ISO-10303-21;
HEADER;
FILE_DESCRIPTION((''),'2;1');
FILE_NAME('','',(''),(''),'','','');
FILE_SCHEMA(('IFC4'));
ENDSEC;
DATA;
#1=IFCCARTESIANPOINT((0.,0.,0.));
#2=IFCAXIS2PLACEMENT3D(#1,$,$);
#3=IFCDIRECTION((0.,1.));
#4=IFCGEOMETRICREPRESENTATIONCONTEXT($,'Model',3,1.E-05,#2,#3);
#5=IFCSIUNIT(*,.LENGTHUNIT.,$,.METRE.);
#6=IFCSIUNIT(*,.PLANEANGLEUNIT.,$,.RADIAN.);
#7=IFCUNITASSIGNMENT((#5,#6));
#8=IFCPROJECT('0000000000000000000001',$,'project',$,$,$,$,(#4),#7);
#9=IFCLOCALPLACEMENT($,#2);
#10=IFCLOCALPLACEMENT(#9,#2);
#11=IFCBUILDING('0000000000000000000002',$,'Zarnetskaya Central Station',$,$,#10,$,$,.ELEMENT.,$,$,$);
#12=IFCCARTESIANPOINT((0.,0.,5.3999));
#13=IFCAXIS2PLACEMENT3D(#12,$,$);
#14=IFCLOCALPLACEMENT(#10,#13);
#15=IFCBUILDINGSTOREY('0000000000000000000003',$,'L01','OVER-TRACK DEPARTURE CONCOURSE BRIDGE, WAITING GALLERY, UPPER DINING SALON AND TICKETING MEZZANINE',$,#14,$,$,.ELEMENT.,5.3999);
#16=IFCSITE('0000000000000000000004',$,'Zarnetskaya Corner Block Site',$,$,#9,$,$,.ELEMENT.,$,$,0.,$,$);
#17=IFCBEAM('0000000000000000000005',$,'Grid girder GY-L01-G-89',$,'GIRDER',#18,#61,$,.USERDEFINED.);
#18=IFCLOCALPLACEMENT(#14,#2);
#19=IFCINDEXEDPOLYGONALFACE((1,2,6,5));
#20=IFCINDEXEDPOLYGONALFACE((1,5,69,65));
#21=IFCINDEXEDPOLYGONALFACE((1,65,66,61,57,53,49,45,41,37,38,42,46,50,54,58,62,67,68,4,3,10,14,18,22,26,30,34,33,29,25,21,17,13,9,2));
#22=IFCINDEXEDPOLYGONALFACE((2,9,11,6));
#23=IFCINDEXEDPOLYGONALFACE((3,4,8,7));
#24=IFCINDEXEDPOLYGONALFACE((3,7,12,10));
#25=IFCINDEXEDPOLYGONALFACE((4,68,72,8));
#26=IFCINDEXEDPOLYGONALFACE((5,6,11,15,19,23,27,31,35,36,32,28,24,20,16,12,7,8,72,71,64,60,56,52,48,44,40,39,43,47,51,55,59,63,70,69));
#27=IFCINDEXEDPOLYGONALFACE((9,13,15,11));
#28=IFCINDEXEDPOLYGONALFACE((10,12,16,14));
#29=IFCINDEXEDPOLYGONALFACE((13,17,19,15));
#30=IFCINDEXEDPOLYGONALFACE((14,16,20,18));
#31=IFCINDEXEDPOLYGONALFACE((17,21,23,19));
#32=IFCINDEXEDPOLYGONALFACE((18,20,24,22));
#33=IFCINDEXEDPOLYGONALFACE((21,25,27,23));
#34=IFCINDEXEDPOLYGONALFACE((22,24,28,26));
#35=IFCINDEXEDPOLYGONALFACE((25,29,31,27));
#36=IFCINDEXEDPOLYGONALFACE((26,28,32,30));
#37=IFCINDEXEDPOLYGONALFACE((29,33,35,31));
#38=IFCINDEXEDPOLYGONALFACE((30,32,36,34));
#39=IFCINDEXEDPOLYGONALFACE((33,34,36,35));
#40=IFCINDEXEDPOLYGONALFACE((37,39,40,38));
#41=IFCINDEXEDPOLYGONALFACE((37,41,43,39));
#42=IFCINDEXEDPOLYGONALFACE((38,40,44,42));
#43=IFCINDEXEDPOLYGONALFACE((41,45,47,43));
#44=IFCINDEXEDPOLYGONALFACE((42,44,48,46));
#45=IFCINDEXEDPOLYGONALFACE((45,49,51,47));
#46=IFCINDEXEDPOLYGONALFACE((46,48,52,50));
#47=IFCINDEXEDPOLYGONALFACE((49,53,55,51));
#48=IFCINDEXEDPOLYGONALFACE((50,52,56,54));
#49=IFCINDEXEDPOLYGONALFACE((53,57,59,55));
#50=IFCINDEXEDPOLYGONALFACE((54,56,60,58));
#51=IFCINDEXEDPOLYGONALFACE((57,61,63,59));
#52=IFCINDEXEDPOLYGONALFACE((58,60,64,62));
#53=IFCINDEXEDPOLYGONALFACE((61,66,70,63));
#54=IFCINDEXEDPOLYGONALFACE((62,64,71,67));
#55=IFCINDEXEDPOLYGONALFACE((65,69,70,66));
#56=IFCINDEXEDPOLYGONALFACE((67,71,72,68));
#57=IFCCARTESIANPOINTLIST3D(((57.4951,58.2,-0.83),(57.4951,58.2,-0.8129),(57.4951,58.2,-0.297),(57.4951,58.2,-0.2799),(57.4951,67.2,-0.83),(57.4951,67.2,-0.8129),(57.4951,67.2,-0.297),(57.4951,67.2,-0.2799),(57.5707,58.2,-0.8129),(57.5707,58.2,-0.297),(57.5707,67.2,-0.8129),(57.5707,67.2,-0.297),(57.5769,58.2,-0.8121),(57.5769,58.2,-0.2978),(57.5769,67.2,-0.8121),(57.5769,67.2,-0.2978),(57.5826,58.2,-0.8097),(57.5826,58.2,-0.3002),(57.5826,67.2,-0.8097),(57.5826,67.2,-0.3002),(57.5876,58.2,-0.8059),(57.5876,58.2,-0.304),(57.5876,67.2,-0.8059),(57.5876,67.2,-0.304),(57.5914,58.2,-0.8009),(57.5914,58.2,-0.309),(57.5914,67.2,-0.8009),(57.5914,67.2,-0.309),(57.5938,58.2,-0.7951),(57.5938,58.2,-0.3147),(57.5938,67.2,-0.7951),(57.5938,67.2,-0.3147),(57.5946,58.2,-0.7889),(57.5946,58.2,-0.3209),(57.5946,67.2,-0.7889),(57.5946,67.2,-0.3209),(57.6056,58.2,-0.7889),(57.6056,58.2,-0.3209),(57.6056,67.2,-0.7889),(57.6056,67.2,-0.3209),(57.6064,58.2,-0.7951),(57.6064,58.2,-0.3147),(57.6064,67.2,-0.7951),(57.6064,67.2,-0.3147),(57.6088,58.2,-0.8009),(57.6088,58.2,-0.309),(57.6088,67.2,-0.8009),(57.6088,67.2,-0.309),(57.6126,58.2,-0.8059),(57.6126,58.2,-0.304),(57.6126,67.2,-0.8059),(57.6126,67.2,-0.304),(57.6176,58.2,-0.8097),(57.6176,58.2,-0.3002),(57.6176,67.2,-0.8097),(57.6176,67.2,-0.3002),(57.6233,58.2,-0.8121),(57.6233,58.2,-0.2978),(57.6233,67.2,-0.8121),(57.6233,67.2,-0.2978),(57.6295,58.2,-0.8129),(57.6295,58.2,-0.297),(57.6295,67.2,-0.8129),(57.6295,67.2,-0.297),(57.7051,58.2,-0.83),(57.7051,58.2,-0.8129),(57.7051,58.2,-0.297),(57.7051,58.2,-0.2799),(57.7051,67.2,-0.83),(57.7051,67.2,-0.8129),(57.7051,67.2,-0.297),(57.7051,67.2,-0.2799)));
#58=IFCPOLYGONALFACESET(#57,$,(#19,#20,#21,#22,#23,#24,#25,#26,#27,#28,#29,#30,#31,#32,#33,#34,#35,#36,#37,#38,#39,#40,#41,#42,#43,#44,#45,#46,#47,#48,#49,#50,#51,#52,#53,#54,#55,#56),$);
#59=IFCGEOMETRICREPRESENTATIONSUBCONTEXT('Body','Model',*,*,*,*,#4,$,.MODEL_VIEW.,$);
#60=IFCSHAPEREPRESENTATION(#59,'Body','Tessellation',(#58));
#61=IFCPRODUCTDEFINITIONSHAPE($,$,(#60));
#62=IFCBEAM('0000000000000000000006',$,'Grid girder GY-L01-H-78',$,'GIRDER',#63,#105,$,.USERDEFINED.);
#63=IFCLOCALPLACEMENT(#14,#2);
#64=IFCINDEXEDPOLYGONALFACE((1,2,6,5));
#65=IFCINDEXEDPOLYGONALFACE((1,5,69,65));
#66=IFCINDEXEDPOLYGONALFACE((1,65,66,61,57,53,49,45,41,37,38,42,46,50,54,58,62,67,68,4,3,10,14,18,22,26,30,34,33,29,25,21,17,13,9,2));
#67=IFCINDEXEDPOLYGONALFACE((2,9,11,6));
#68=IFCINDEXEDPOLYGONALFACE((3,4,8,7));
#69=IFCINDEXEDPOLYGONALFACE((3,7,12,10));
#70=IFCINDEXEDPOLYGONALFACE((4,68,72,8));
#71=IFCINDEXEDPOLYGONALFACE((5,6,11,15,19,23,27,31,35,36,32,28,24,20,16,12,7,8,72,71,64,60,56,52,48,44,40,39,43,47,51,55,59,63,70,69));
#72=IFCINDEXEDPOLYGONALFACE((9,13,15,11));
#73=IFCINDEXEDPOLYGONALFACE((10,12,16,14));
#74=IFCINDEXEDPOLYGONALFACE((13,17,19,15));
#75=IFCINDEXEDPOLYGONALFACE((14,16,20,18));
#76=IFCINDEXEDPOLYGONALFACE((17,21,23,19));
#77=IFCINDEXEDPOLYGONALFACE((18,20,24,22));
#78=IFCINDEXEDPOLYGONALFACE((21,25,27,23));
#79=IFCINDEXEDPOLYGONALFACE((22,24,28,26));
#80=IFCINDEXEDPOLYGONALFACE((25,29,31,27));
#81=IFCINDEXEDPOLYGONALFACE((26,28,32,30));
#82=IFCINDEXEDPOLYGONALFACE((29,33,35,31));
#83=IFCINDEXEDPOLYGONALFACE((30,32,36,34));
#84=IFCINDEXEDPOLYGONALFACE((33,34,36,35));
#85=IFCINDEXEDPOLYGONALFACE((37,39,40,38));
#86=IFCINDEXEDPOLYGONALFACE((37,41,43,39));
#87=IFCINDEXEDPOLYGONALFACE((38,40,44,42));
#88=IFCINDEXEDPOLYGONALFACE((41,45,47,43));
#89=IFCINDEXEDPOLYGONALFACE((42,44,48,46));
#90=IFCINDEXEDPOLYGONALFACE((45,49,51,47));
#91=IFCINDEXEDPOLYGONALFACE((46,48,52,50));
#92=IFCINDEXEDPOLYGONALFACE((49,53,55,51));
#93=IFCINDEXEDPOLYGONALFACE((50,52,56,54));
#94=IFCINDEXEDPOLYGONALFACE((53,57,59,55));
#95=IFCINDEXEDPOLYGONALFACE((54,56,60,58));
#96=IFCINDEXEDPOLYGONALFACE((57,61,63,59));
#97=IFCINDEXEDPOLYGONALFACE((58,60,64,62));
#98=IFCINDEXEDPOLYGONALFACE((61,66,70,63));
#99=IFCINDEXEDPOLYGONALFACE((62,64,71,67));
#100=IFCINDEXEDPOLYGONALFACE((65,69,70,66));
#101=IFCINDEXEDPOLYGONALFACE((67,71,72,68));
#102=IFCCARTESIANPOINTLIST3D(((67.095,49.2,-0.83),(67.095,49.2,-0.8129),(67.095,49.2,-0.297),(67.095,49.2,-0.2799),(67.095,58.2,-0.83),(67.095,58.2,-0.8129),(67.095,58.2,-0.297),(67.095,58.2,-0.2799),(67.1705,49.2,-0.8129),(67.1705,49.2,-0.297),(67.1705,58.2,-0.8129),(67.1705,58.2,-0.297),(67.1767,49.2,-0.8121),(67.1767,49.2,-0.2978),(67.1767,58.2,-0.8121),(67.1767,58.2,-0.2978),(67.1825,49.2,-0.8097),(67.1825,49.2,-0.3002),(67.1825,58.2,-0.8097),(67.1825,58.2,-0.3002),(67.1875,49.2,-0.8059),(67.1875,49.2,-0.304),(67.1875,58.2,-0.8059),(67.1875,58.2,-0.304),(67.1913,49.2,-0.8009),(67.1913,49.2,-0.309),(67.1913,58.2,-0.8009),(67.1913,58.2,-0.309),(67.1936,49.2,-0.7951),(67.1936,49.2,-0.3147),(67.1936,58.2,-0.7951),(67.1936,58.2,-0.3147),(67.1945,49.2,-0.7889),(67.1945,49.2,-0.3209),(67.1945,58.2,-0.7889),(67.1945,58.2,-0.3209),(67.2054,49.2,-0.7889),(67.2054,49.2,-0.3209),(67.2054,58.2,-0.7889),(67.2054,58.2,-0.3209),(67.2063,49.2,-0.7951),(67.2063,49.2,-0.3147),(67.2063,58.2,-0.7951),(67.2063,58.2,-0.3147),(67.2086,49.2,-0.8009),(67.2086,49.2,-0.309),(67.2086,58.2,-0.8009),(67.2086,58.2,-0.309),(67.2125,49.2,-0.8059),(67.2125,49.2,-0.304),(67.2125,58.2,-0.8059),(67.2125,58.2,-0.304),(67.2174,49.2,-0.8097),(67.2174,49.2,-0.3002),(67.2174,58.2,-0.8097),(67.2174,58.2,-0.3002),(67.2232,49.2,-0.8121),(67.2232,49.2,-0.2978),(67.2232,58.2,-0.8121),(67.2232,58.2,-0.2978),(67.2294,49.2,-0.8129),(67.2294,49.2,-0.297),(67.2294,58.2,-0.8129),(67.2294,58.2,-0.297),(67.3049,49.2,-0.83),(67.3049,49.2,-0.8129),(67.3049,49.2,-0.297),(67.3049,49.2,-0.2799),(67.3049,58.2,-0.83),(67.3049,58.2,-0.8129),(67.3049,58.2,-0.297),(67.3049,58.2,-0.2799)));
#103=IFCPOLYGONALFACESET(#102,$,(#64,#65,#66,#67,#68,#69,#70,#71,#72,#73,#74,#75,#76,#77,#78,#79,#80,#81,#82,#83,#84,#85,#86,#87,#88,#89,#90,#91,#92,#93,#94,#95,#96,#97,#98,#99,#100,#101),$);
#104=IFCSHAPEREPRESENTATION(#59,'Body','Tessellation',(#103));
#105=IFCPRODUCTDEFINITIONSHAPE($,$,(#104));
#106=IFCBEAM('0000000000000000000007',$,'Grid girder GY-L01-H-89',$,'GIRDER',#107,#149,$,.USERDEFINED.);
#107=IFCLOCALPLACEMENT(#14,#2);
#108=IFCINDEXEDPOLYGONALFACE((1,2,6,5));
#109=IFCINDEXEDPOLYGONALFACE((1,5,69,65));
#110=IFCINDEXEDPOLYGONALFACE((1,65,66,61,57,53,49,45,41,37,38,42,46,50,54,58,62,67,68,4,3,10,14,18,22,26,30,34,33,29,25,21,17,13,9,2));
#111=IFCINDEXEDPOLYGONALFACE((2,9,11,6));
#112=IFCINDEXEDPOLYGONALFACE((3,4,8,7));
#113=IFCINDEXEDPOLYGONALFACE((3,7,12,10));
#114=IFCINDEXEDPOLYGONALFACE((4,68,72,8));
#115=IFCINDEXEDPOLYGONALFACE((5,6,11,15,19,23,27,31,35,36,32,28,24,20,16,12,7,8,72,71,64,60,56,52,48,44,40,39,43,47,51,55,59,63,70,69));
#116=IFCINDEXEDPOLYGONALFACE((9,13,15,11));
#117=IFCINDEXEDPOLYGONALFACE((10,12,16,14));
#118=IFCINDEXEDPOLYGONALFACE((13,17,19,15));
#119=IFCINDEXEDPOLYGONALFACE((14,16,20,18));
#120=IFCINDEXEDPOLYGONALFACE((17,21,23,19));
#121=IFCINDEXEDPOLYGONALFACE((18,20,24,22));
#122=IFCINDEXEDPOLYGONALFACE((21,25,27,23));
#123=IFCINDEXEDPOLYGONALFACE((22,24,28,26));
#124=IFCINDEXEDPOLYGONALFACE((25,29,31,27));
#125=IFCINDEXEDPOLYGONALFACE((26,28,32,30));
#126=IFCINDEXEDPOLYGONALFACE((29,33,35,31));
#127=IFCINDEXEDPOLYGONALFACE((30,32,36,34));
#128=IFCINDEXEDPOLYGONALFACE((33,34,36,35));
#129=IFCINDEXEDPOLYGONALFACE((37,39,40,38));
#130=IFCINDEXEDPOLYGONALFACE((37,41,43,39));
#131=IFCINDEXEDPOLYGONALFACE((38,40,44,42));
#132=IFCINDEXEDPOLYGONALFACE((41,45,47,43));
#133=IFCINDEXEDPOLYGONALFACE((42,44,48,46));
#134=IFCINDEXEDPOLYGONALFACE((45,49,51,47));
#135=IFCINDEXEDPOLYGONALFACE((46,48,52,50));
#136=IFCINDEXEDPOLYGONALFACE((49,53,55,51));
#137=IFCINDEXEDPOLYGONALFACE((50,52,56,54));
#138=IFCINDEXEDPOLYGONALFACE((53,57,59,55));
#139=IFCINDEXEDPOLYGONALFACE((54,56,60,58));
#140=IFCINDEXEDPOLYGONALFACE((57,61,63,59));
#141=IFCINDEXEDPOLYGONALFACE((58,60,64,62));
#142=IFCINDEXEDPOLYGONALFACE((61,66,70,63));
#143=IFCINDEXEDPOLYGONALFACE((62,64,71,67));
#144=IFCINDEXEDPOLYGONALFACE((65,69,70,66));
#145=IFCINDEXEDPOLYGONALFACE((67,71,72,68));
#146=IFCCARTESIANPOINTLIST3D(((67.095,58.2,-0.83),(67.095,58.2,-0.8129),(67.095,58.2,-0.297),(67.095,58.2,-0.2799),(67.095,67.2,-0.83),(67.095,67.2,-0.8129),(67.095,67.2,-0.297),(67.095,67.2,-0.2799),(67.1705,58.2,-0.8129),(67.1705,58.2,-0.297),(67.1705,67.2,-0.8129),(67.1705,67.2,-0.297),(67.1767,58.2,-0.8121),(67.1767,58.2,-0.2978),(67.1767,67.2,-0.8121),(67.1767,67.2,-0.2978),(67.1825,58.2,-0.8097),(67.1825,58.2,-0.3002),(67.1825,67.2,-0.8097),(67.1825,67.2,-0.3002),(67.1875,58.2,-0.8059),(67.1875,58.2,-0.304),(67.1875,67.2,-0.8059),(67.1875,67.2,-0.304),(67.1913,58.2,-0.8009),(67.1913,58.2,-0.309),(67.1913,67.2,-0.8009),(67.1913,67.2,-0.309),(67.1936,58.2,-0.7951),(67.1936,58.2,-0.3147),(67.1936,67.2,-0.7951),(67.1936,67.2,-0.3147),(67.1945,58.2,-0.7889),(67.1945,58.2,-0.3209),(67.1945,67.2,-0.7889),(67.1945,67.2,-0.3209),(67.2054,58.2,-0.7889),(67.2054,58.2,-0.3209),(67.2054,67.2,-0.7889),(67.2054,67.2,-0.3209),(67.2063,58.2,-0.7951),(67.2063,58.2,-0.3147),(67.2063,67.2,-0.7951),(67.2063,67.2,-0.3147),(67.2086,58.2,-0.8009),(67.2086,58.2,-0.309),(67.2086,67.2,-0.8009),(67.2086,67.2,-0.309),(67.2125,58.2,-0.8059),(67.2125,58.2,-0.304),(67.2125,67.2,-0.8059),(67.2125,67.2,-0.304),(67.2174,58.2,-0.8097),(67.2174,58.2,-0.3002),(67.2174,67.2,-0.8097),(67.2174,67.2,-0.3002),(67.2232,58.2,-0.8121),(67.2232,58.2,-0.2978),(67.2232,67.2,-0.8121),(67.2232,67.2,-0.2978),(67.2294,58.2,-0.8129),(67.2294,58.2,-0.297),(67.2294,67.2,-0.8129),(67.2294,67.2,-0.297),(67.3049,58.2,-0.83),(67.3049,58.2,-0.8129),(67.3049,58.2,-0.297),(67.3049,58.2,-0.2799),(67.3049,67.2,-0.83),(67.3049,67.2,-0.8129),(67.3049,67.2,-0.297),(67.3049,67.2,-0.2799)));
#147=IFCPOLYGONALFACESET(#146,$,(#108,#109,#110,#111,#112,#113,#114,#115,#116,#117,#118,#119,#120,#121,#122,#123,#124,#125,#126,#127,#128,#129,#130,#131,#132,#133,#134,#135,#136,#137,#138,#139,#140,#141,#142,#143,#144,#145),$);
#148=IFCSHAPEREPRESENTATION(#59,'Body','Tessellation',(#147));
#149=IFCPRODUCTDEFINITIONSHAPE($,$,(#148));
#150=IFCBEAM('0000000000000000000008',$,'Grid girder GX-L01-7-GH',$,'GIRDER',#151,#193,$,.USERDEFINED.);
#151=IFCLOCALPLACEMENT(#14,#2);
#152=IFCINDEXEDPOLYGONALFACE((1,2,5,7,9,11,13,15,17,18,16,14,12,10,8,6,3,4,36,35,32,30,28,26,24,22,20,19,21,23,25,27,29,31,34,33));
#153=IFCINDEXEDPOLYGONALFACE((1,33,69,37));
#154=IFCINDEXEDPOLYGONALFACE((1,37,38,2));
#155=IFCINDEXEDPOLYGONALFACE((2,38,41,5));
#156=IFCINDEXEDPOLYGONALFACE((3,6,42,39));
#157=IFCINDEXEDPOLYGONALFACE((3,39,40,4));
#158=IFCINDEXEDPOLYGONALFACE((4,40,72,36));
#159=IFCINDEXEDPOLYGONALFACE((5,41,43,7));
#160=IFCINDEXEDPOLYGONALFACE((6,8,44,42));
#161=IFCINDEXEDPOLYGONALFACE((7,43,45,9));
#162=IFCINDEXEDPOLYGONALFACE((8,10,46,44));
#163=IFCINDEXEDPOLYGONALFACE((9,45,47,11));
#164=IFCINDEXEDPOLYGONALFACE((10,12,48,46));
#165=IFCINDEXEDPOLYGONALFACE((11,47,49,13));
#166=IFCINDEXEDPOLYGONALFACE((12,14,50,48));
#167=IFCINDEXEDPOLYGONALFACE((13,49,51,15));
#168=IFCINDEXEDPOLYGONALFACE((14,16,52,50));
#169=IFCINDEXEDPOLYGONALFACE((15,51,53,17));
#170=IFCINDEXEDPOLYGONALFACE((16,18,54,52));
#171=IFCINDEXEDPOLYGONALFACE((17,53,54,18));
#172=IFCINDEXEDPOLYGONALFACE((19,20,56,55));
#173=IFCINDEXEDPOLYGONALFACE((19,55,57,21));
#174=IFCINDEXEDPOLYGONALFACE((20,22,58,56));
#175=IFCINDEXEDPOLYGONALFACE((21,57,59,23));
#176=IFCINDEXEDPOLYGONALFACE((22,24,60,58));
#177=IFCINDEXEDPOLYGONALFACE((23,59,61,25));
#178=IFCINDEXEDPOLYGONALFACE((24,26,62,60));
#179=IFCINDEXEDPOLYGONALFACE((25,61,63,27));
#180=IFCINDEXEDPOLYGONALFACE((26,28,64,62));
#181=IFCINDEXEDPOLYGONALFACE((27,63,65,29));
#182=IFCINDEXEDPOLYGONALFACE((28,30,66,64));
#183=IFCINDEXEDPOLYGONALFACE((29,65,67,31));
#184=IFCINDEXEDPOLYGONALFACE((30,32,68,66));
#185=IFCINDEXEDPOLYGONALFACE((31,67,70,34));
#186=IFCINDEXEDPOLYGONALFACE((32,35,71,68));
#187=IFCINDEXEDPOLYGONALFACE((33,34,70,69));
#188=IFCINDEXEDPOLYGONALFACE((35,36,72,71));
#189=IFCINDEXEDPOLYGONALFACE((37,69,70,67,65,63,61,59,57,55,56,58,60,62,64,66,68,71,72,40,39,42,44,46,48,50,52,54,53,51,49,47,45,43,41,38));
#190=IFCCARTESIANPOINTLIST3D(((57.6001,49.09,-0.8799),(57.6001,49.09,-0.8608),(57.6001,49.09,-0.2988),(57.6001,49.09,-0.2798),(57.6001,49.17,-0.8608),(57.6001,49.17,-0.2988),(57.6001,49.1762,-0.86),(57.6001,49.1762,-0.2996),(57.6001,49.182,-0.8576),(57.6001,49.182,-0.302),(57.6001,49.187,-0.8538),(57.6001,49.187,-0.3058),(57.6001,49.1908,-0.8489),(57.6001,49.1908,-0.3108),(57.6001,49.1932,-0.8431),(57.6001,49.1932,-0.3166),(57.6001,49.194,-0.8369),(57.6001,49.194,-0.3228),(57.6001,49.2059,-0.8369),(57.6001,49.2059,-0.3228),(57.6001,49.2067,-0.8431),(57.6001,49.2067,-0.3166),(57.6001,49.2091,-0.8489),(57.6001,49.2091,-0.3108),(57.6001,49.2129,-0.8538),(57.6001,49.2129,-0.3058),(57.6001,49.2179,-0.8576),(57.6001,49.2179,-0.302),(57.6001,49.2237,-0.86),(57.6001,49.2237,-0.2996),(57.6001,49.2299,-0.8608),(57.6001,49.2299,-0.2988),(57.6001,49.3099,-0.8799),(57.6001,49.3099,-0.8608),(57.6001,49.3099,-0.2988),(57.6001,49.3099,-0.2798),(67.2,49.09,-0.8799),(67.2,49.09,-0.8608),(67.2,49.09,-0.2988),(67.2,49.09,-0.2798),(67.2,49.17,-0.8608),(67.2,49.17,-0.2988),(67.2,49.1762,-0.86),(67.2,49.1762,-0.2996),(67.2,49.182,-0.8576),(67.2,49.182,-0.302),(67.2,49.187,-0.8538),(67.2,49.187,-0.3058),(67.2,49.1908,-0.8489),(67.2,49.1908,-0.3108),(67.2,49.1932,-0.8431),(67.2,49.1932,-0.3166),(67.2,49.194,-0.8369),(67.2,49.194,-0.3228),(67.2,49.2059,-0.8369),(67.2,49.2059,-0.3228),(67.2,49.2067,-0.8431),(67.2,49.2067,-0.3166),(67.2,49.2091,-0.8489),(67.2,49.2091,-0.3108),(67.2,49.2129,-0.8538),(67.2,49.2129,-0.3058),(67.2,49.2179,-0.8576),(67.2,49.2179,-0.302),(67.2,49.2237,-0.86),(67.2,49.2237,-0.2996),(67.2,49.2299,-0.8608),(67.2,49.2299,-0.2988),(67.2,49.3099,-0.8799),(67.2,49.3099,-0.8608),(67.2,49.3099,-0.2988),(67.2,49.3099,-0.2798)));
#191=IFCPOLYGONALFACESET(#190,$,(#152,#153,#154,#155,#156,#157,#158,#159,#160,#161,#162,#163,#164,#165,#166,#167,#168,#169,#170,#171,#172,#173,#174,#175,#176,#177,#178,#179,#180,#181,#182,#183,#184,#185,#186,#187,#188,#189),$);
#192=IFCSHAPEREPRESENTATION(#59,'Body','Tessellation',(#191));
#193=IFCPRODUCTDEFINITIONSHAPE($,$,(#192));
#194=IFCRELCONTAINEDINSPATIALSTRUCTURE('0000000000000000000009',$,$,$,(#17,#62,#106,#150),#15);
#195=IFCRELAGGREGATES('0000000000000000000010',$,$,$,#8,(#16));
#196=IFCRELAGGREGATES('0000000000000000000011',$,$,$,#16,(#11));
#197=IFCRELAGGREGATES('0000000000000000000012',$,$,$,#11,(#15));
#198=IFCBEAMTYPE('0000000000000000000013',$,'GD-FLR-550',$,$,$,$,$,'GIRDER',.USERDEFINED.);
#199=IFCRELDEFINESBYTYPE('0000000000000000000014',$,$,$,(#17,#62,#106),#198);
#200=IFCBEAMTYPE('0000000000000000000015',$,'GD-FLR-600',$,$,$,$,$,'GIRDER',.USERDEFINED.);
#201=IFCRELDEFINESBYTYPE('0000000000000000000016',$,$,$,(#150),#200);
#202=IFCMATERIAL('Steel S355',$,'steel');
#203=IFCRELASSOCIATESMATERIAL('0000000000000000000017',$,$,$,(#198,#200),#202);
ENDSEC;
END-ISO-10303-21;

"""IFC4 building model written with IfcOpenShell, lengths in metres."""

from ifc_helpers import new_model, si_unit, direction, frame, origin, origin_2d, place, context, subcontext, project, spatial, i_section, extrude, material, material_profile, profile_set, type_object, element, save


model = new_model("IFC4")

# Units and contexts
model_context = context("Model", 3, precision=1e-05, world=origin(), true_north=direction((0.0, 1.0)))
body_context = subcontext(model_context, "Body", "Model", "MODEL_VIEW")
ifc_project = project(units=[si_unit("LENGTHUNIT", "METRE"), si_unit("PLANEANGLEUNIT", "RADIAN")], contexts=[model_context])

# Site, building, storey
site_placement = place(None, origin())
site = spatial("IfcSite", under=ifc_project, at=site_placement, Name="Zarnetskaya Corner Block Site", CompositionType="ELEMENT", RefElevation=0.0)
building_placement = place(site_placement, origin())
building = spatial("IfcBuilding", under=site, at=building_placement, Name="Zarnetskaya Central Station", CompositionType="ELEMENT")
storey_placement = place(building_placement, frame((0.0, 0.0, 5.3999)))
storey = spatial("IfcBuildingStorey", under=building, at=storey_placement, Name="L01", Description="OVER-TRACK DEPARTURE CONCOURSE BRIDGE, WAITING GALLERY, UPPER DINING SALON AND TICKETING MEZZANINE", CompositionType="ELEMENT", Elevation=5.3999)

# Shared definitions
ifc_material_1 = material(Name="Steel S355", Category="steel")

# Beams
ifc_material_profile_1 = material_profile(ifc_material_1, i_section(OverallWidth=0.21, OverallDepth=0.55, WebThickness=0.011, FlangeThickness=0.0171, FilletRadius=0.0239, at=origin_2d()), Name="IPE 550")
ifc_profile_set_1 = profile_set([ifc_material_profile_1], Name="Steel S355")
beam_type_1 = type_object("IfcBeamType", Name="GD-FLR-550", ElementType="GIRDER", PredefinedType="USERDEFINED", material=ifc_profile_set_1)
for number, where, z_axis, x_axis, name in (
    (1, (57.6001, 58.2, -0.5549), (0.0, 1.0, 0.0), (-1.0, 0.0, 0.0), "Grid girder GY-L01-G-89"),
    (2, (67.2, 49.2, -0.5549), (0.0, 1.0, 0.0), (-1.0, 0.0, 0.0), "Grid girder GY-L01-H-78"),
    (3, (67.2, 58.2, -0.5549), (0.0, 1.0, 0.0), (-1.0, 0.0, 0.0), "Grid girder GY-L01-H-89"),
):
    element("IfcBeam", number, at=place(storey_placement, frame(where, z_axis=z_axis, x_axis=x_axis)), inside=storey, type_object=beam_type_1, Name=name, ObjectType="GIRDER", PredefinedType="USERDEFINED", context=body_context, shape_type="SweptSolid", body=[
        extrude(i_section(OverallWidth=0.21, OverallDepth=0.55, WebThickness=0.011, FlangeThickness=0.0171, FilletRadius=0.0239, at=origin_2d()), origin(), (0.0, 0.0, 1.0), 9.0),
    ])
ifc_material_profile_2 = material_profile(ifc_material_1, i_section(OverallWidth=0.22, OverallDepth=0.6001, WebThickness=0.012, FlangeThickness=0.019, FilletRadius=0.0239, at=origin_2d()), Name="IPE 600")
ifc_profile_set_2 = profile_set([ifc_material_profile_2], Name="Steel S355")
beam_type_2 = type_object("IfcBeamType", Name="GD-FLR-600", ElementType="GIRDER", PredefinedType="USERDEFINED", material=ifc_profile_set_2)
for number, where, z_axis, x_axis, name in (
    (4, (57.6001, 49.2, -0.5798), (1.0, 0.0, 0.0), (0.0, 1.0, 0.0), "Grid girder GX-L01-7-GH"),
):
    element("IfcBeam", number, at=place(storey_placement, frame(where, z_axis=z_axis, x_axis=x_axis)), inside=storey, type_object=beam_type_2, Name=name, ObjectType="GIRDER", PredefinedType="USERDEFINED", context=body_context, shape_type="SweptSolid", body=[
        extrude(i_section(OverallWidth=0.22, OverallDepth=0.6001, WebThickness=0.012, FlangeThickness=0.019, FilletRadius=0.0239, at=origin_2d()), origin(), (0.0, 0.0, 1.0), 9.5999),
    ])

save(model, "model.ifc")
